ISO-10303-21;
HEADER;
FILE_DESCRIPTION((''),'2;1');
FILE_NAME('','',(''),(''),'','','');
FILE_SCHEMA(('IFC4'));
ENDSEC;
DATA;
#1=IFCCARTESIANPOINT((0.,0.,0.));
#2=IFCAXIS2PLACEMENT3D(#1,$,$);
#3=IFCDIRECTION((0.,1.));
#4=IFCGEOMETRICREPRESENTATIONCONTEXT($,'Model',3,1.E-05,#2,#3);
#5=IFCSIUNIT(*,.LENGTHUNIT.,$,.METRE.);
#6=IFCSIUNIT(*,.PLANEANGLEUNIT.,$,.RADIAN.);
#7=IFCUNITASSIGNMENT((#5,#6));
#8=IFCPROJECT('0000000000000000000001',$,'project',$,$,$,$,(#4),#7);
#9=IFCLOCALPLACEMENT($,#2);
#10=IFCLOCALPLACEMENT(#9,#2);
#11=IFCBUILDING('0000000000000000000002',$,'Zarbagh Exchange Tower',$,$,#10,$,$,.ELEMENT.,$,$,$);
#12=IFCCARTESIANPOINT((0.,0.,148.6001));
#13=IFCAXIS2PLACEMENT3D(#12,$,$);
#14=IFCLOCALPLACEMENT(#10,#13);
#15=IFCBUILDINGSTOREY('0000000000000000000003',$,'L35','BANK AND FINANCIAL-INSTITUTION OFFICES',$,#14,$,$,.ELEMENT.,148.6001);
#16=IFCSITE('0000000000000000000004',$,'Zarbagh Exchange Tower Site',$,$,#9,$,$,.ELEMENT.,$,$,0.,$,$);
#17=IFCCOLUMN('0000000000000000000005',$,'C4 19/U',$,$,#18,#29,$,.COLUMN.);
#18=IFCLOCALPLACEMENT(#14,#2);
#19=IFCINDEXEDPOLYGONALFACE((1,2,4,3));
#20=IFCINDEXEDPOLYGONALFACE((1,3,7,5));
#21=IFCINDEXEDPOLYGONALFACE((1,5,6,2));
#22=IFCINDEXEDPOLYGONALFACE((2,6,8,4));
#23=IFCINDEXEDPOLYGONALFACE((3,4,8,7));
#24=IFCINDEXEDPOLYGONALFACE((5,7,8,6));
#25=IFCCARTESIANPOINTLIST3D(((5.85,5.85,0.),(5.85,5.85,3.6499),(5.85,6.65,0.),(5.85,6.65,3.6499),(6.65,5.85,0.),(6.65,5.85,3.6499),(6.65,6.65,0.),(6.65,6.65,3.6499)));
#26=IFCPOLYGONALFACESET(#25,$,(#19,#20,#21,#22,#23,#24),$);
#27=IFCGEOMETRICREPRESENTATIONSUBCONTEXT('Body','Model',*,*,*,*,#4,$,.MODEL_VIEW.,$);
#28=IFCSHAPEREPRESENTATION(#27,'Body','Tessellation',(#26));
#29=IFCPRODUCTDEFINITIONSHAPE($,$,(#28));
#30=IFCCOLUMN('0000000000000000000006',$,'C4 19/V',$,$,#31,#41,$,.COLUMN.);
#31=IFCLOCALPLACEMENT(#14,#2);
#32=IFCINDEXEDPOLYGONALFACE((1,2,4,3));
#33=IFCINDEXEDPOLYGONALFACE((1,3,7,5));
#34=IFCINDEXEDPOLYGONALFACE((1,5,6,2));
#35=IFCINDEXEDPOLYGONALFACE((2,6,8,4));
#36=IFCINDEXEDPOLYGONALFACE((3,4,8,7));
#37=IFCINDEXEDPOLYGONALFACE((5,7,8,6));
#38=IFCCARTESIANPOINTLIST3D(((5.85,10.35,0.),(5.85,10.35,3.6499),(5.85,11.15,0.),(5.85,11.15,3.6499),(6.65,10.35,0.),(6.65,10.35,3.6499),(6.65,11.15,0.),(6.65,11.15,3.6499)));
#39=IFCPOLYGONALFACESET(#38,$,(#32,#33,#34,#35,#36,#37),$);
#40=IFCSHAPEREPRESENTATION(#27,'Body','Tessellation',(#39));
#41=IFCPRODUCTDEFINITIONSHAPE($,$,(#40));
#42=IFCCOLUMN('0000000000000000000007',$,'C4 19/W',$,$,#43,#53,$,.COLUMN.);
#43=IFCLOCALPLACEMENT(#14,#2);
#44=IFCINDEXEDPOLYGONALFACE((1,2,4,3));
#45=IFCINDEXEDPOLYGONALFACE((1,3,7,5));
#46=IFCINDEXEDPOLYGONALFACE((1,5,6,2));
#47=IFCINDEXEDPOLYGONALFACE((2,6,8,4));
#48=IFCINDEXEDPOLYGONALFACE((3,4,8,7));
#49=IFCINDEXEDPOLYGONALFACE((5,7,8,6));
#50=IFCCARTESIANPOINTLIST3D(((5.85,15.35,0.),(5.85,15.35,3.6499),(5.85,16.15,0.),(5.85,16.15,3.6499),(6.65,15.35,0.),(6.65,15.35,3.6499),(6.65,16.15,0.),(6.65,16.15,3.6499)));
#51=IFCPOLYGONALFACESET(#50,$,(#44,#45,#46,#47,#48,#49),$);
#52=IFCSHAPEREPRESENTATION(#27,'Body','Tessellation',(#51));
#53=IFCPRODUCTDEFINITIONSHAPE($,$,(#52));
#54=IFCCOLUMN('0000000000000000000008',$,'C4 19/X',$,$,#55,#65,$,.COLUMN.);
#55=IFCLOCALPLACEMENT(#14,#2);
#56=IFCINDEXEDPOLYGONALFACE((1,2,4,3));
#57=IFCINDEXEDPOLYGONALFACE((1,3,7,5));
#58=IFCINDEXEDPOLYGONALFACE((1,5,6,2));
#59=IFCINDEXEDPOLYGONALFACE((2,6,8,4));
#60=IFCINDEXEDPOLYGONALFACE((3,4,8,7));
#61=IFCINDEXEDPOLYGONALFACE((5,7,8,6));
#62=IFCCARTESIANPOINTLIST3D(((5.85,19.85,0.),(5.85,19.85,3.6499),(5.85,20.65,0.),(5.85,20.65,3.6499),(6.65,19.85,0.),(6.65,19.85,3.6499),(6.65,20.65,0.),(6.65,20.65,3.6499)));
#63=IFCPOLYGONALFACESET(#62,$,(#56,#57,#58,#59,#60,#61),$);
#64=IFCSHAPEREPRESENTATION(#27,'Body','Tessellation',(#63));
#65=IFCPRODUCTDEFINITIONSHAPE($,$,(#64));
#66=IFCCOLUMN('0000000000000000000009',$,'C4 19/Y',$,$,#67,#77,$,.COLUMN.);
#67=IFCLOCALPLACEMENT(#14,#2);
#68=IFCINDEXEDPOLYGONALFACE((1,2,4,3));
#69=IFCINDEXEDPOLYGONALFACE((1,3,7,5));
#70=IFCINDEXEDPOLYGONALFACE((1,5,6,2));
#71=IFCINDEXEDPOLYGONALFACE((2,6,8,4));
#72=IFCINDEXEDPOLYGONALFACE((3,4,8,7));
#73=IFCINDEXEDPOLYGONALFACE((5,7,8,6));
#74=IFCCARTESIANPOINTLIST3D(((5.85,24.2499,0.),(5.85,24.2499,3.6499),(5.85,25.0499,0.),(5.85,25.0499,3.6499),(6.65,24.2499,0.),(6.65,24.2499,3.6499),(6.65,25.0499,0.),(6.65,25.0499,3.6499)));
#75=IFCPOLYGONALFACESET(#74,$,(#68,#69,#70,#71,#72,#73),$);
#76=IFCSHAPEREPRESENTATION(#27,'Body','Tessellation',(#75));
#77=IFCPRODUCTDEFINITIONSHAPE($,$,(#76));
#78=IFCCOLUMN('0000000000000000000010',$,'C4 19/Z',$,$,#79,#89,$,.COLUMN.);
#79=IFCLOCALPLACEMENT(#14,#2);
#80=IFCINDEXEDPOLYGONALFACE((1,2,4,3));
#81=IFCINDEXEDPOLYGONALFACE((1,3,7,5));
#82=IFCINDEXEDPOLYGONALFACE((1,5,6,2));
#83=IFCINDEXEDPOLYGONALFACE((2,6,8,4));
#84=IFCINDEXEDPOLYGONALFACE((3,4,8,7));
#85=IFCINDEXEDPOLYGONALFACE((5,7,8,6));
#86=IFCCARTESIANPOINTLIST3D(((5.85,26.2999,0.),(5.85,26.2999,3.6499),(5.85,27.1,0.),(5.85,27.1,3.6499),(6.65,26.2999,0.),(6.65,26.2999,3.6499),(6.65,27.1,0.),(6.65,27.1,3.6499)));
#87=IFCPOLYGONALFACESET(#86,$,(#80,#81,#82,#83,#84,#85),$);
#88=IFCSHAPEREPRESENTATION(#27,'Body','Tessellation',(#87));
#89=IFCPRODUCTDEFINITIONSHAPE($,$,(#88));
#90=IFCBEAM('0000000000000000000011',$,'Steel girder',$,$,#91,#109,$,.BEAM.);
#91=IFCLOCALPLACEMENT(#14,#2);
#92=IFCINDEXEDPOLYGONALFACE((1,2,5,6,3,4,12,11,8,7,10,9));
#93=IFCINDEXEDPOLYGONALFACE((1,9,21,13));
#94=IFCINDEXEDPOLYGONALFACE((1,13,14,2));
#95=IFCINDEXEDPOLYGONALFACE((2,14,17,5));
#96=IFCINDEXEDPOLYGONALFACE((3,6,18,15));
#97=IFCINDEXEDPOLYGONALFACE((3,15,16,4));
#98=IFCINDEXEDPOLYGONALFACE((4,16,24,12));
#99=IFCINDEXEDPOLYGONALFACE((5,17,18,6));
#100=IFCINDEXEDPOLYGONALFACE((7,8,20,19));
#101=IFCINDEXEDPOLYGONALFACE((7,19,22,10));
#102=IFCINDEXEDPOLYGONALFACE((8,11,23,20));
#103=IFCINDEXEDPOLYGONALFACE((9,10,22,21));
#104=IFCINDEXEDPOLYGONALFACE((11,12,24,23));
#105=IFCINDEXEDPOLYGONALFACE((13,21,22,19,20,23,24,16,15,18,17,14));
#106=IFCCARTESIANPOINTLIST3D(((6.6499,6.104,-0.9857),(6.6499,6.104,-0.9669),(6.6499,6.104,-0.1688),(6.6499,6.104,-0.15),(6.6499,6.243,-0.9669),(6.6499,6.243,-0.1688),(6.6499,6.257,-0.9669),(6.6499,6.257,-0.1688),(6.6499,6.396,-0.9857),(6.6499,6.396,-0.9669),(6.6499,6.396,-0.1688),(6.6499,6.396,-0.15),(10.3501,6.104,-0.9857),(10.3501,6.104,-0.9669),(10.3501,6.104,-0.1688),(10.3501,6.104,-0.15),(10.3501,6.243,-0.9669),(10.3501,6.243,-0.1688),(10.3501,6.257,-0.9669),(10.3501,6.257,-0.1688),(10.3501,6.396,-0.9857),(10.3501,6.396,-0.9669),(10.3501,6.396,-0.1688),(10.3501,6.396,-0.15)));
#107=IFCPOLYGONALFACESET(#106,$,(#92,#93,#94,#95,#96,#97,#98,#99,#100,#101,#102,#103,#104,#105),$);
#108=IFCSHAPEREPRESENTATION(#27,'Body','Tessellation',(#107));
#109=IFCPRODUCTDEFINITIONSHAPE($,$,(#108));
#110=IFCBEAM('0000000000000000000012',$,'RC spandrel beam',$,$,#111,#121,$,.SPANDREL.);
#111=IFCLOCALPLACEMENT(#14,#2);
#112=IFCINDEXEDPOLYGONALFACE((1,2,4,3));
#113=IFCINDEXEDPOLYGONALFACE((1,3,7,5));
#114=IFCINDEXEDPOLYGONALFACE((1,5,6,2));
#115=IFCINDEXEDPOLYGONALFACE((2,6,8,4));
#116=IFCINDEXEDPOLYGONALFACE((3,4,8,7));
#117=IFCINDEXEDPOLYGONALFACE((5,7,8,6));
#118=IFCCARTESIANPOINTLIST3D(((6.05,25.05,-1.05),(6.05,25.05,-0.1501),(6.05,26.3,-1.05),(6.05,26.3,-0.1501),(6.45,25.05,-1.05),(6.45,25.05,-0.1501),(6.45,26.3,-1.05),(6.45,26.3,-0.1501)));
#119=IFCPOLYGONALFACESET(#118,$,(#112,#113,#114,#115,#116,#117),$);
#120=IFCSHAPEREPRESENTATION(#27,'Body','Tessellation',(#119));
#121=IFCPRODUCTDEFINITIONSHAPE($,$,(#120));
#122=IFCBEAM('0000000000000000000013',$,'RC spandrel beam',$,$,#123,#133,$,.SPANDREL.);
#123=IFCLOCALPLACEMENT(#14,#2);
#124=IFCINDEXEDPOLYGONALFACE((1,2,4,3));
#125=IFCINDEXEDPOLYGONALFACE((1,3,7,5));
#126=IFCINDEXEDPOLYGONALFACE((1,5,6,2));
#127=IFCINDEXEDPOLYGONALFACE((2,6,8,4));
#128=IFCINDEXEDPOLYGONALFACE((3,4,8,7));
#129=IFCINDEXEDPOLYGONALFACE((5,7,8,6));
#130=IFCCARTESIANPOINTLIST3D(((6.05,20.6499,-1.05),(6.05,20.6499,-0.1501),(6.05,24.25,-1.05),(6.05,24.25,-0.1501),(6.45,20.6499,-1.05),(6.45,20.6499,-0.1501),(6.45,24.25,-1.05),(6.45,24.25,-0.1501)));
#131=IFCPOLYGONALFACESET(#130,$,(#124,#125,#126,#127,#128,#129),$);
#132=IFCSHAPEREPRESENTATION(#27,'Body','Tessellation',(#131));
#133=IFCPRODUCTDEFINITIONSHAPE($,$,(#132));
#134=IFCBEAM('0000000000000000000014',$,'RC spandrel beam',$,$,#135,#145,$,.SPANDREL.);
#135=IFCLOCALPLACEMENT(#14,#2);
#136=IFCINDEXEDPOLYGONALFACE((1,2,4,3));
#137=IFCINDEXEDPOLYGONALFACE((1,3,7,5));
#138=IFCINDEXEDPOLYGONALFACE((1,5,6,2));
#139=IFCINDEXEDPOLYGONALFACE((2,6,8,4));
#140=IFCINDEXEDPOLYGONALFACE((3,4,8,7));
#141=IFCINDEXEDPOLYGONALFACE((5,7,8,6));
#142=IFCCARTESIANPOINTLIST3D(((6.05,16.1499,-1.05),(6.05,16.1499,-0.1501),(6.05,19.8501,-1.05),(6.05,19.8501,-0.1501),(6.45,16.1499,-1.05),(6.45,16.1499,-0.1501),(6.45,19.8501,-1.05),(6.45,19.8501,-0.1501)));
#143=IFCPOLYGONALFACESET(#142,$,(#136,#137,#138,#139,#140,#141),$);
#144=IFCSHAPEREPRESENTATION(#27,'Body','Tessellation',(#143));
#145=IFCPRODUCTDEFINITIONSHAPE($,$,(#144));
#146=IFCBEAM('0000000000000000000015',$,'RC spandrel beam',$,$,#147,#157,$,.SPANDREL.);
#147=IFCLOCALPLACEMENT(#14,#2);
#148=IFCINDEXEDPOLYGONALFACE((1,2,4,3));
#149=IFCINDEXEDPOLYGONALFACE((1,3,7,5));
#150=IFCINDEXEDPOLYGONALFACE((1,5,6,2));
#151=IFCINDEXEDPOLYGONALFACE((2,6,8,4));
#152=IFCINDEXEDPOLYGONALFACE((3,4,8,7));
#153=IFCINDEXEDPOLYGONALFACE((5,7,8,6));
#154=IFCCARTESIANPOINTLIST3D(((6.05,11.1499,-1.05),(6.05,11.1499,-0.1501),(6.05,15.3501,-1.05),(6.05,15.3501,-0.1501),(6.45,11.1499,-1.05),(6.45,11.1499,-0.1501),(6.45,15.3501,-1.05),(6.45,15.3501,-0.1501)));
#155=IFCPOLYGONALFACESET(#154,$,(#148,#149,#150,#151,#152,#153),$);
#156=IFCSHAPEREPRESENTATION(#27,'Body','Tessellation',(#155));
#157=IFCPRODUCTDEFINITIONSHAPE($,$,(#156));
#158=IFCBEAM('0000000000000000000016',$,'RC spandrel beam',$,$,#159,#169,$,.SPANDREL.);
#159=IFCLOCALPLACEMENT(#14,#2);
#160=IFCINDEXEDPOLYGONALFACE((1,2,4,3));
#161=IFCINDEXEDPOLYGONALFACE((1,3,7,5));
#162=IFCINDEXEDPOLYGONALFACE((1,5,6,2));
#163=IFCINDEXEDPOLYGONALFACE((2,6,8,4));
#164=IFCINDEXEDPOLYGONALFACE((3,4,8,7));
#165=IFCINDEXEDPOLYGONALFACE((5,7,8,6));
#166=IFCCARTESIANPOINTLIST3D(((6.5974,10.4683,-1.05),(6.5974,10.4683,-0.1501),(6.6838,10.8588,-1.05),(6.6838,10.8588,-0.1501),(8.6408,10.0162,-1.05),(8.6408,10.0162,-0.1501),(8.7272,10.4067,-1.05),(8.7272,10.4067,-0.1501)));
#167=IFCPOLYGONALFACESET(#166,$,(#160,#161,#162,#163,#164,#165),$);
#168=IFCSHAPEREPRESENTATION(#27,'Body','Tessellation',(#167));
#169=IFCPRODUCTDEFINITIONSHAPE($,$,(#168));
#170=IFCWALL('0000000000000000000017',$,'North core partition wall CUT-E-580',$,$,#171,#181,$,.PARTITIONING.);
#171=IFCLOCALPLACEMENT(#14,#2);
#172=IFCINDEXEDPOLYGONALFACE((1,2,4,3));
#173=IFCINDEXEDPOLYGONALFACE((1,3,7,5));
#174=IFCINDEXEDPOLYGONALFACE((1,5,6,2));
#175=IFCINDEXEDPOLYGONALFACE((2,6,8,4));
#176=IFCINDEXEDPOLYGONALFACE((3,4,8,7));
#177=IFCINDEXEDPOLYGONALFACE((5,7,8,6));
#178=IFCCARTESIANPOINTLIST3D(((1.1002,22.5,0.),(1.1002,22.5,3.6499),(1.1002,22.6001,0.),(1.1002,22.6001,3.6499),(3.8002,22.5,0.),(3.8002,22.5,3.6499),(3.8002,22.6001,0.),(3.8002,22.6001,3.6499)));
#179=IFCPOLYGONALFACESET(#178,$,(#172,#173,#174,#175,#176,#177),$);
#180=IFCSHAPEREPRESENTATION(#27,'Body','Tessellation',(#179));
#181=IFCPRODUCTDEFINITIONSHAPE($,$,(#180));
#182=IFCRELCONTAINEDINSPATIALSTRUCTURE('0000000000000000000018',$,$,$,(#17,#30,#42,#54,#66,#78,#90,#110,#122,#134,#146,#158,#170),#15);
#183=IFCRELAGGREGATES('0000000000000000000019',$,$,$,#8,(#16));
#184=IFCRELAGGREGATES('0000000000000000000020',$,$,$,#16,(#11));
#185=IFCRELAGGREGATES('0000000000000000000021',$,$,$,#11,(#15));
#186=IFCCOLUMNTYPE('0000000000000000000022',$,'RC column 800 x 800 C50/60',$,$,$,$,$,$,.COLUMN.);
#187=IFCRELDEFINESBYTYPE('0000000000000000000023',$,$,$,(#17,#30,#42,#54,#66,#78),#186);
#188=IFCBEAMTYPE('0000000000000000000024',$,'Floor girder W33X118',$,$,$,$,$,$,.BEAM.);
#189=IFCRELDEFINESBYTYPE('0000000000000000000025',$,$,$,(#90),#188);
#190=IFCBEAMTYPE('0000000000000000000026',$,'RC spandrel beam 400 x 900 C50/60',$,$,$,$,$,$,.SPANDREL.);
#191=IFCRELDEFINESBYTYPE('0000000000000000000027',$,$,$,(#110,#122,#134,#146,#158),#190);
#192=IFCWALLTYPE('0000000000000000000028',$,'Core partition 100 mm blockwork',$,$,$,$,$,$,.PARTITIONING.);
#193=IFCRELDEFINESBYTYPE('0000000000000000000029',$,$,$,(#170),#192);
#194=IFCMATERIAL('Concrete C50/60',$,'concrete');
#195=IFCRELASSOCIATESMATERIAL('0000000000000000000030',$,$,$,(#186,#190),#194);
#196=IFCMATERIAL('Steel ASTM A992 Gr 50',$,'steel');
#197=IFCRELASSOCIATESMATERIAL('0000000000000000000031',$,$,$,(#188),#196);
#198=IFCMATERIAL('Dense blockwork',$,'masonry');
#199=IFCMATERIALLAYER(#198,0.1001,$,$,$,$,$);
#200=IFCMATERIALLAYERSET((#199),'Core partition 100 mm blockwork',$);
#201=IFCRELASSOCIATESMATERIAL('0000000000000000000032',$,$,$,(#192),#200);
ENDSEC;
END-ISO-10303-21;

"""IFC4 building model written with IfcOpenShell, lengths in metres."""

from ifc_helpers import new_model, si_unit, direction, frame, frame_2d, origin, origin_2d, place, context, subcontext, project, spatial, rectangle, i_section, extrude, material, layer, layer_set, material_profile, profile_set, type_object, element, save


model = new_model("IFC4")

# Units and contexts
model_context = context("Model", 3, precision=1e-05, world=origin(), true_north=direction((0.0, 1.0)))
body_context = subcontext(model_context, "Body", "Model", "MODEL_VIEW")
ifc_project = project(units=[si_unit("LENGTHUNIT", "METRE"), si_unit("PLANEANGLEUNIT", "RADIAN")], contexts=[model_context])

# Site, building, storey
site_placement = place(None, origin())
site = spatial("IfcSite", under=ifc_project, at=site_placement, Name="Zarbagh Exchange Tower Site", CompositionType="ELEMENT", RefElevation=0.0)
building_placement = place(site_placement, origin())
building = spatial("IfcBuilding", under=site, at=building_placement, Name="Zarbagh Exchange Tower", CompositionType="ELEMENT")
storey_placement = place(building_placement, frame((0.0, 0.0, 148.6001)))
storey = spatial("IfcBuildingStorey", under=building, at=storey_placement, Name="L35", Description="BANK AND FINANCIAL-INSTITUTION OFFICES", CompositionType="ELEMENT", Elevation=148.6001)

# Columns
ifc_material_1 = material(Name="Concrete C50/60", Category="concrete")
ifc_material_profile_1 = material_profile(ifc_material_1, rectangle(XDim=0.8, YDim=0.8, at=origin_2d()), Name="RC column 800 x 800 C50/60")
ifc_profile_set_1 = profile_set([ifc_material_profile_1], Name="Concrete C50/60")
column_type = type_object("IfcColumnType", Name="RC column 800 x 800 C50/60", PredefinedType="COLUMN", material=ifc_profile_set_1)
for number, where, z_axis, x_axis, name in (
    (1, (6.25, 6.25, 0.0), (0.0, 0.0, 1.0), (1.0, 0.0, 0.0), "C4 19/U"),
    (2, (6.25, 10.75, 0.0), (0.0, 0.0, 1.0), (1.0, 0.0, 0.0), "C4 19/V"),
    (3, (6.25, 15.75, 0.0), (0.0, 0.0, 1.0), (1.0, 0.0, 0.0), "C4 19/W"),
    (4, (6.25, 20.25, 0.0), (0.0, 0.0, 1.0), (1.0, 0.0, 0.0), "C4 19/X"),
    (5, (6.25, 24.6499, 0.0), (0.0, 0.0, 1.0), (1.0, 0.0, 0.0), "C4 19/Y"),
    (6, (6.25, 26.7, 0.0), (0.0, 0.0, 1.0), (1.0, 0.0, 0.0), "C4 19/Z"),
):
    element("IfcColumn", number, at=place(storey_placement, frame(where, z_axis=z_axis, x_axis=x_axis)), inside=storey, type_object=column_type, Name=name, PredefinedType="COLUMN", context=body_context, shape_type="SweptSolid", body=[
        extrude(rectangle(XDim=0.8, YDim=0.8, at=origin_2d()), origin(), (0.0, 0.0, 1.0), 3.6499),
    ])

# Beams
ifc_material_2 = material(Name="Steel ASTM A992 Gr 50", Category="steel")
ifc_material_profile_2 = material_profile(ifc_material_2, i_section(OverallWidth=0.292, OverallDepth=0.8357, WebThickness=0.0139, FlangeThickness=0.0188, at=origin_2d()), Name="W33X118")
ifc_profile_set_2 = profile_set([ifc_material_profile_2], Name="Steel ASTM A992 Gr 50")
beam_type_1 = type_object("IfcBeamType", Name="Floor girder W33X118", PredefinedType="BEAM", material=ifc_profile_set_2)
beam_1_placement = place(storey_placement, frame((6.6499, 6.25, -0.5679), z_axis=(1.0, 0.0, 0.0), x_axis=(0.0, 1.0, 0.0)))
element("IfcBeam", 7, at=beam_1_placement, inside=storey, type_object=beam_type_1, Name="Steel girder", PredefinedType="BEAM", context=body_context, shape_type="SweptSolid", body=[
    extrude(i_section(OverallWidth=0.292, OverallDepth=0.8357, WebThickness=0.0139, FlangeThickness=0.0188, at=origin_2d()), origin(), (0.0, 0.0, 1.0), 3.7002),
])
ifc_material_profile_3 = material_profile(ifc_material_1, rectangle(XDim=0.3999, YDim=0.8999, at=origin_2d()), Name="RC spandrel beam 400 x 900 C50/60")
ifc_profile_set_3 = profile_set([ifc_material_profile_3], Name="Concrete C50/60")
beam_type_2 = type_object("IfcBeamType", Name="RC spandrel beam 400 x 900 C50/60", PredefinedType="SPANDREL", material=ifc_profile_set_3)
beam_2_placement = place(storey_placement, frame((6.25, 26.3, -0.6001), z_axis=(0.0, -1.0, 0.0), x_axis=(1.0, 0.0, 0.0)))
element("IfcBeam", 8, at=beam_2_placement, inside=storey, type_object=beam_type_2, Name="RC spandrel beam", PredefinedType="SPANDREL", context=body_context, shape_type="SweptSolid", body=[
    extrude(rectangle(XDim=0.3999, YDim=0.8999, at=origin_2d()), origin(), (0.0, 0.0, 1.0), 1.25),
])
beam_3_placement = place(storey_placement, frame((6.25, 24.25, -0.6001), z_axis=(0.0, -1.0, 0.0), x_axis=(1.0, 0.0, 0.0)))
element("IfcBeam", 9, at=beam_3_placement, inside=storey, type_object=beam_type_2, Name="RC spandrel beam", PredefinedType="SPANDREL", context=body_context, shape_type="SweptSolid", body=[
    extrude(rectangle(XDim=0.3999, YDim=0.8999, at=origin_2d()), origin(), (0.0, 0.0, 1.0), 3.6001),
])
beam_4_placement = place(storey_placement, frame((6.25, 19.8501, -0.6001), z_axis=(0.0, -1.0, 0.0), x_axis=(1.0, 0.0, 0.0)))
element("IfcBeam", 10, at=beam_4_placement, inside=storey, type_object=beam_type_2, Name="RC spandrel beam", PredefinedType="SPANDREL", context=body_context, shape_type="SweptSolid", body=[
    extrude(rectangle(XDim=0.3999, YDim=0.8999, at=origin_2d()), origin(), (0.0, 0.0, 1.0), 3.7002),
])
beam_5_placement = place(storey_placement, frame((6.25, 15.3501, -0.6001), z_axis=(0.0, -1.0, 0.0), x_axis=(1.0, 0.0, 0.0)))
element("IfcBeam", 11, at=beam_5_placement, inside=storey, type_object=beam_type_2, Name="RC spandrel beam", PredefinedType="SPANDREL", context=body_context, shape_type="SweptSolid", body=[
    extrude(rectangle(XDim=0.3999, YDim=0.8999, at=origin_2d()), origin(), (0.0, 0.0, 1.0), 4.2002),
])
beam_6_placement = place(storey_placement, frame((6.6406, 10.6636, -0.6001), z_axis=(0.976384, -0.216041, 0.0), x_axis=(0.216041, 0.976384, 0.0)))
element("IfcBeam", 12, at=beam_6_placement, inside=storey, type_object=beam_type_2, Name="RC spandrel beam", PredefinedType="SPANDREL", context=body_context, shape_type="SweptSolid", body=[
    extrude(rectangle(XDim=0.3999, YDim=0.8999, at=origin_2d()), origin(), (0.0, 0.0, 1.0), 2.0928),
])

# Wall
ifc_material_3 = material(Name="Dense blockwork", Category="masonry")
ifc_layer_1 = layer(ifc_material_3, 0.1001)
ifc_layer_set_1 = layer_set([ifc_layer_1], Name="Core partition 100 mm blockwork")
wall_type_1 = type_object("IfcWallType", Name="Core partition 100 mm blockwork", PredefinedType="PARTITIONING", material=ifc_layer_set_1)
wall_1_placement = place(storey_placement, frame((1.1001, 22.55, 0.0), z_axis=(0.0, 0.0, 1.0), x_axis=(1.0, 0.0, 0.0)))
element("IfcWall", 13, at=wall_1_placement, inside=storey, type_object=wall_type_1, Name="North core partition wall CUT-E-580", PredefinedType="PARTITIONING", context=body_context, shape_type="SweptSolid", body=[
    extrude(rectangle(XDim=2.7, YDim=0.1001, at=frame_2d((1.3501, 0.0))), origin(), (0.0, 0.0, 1.0), 3.6499),
])

save(model, "model.ifc")
